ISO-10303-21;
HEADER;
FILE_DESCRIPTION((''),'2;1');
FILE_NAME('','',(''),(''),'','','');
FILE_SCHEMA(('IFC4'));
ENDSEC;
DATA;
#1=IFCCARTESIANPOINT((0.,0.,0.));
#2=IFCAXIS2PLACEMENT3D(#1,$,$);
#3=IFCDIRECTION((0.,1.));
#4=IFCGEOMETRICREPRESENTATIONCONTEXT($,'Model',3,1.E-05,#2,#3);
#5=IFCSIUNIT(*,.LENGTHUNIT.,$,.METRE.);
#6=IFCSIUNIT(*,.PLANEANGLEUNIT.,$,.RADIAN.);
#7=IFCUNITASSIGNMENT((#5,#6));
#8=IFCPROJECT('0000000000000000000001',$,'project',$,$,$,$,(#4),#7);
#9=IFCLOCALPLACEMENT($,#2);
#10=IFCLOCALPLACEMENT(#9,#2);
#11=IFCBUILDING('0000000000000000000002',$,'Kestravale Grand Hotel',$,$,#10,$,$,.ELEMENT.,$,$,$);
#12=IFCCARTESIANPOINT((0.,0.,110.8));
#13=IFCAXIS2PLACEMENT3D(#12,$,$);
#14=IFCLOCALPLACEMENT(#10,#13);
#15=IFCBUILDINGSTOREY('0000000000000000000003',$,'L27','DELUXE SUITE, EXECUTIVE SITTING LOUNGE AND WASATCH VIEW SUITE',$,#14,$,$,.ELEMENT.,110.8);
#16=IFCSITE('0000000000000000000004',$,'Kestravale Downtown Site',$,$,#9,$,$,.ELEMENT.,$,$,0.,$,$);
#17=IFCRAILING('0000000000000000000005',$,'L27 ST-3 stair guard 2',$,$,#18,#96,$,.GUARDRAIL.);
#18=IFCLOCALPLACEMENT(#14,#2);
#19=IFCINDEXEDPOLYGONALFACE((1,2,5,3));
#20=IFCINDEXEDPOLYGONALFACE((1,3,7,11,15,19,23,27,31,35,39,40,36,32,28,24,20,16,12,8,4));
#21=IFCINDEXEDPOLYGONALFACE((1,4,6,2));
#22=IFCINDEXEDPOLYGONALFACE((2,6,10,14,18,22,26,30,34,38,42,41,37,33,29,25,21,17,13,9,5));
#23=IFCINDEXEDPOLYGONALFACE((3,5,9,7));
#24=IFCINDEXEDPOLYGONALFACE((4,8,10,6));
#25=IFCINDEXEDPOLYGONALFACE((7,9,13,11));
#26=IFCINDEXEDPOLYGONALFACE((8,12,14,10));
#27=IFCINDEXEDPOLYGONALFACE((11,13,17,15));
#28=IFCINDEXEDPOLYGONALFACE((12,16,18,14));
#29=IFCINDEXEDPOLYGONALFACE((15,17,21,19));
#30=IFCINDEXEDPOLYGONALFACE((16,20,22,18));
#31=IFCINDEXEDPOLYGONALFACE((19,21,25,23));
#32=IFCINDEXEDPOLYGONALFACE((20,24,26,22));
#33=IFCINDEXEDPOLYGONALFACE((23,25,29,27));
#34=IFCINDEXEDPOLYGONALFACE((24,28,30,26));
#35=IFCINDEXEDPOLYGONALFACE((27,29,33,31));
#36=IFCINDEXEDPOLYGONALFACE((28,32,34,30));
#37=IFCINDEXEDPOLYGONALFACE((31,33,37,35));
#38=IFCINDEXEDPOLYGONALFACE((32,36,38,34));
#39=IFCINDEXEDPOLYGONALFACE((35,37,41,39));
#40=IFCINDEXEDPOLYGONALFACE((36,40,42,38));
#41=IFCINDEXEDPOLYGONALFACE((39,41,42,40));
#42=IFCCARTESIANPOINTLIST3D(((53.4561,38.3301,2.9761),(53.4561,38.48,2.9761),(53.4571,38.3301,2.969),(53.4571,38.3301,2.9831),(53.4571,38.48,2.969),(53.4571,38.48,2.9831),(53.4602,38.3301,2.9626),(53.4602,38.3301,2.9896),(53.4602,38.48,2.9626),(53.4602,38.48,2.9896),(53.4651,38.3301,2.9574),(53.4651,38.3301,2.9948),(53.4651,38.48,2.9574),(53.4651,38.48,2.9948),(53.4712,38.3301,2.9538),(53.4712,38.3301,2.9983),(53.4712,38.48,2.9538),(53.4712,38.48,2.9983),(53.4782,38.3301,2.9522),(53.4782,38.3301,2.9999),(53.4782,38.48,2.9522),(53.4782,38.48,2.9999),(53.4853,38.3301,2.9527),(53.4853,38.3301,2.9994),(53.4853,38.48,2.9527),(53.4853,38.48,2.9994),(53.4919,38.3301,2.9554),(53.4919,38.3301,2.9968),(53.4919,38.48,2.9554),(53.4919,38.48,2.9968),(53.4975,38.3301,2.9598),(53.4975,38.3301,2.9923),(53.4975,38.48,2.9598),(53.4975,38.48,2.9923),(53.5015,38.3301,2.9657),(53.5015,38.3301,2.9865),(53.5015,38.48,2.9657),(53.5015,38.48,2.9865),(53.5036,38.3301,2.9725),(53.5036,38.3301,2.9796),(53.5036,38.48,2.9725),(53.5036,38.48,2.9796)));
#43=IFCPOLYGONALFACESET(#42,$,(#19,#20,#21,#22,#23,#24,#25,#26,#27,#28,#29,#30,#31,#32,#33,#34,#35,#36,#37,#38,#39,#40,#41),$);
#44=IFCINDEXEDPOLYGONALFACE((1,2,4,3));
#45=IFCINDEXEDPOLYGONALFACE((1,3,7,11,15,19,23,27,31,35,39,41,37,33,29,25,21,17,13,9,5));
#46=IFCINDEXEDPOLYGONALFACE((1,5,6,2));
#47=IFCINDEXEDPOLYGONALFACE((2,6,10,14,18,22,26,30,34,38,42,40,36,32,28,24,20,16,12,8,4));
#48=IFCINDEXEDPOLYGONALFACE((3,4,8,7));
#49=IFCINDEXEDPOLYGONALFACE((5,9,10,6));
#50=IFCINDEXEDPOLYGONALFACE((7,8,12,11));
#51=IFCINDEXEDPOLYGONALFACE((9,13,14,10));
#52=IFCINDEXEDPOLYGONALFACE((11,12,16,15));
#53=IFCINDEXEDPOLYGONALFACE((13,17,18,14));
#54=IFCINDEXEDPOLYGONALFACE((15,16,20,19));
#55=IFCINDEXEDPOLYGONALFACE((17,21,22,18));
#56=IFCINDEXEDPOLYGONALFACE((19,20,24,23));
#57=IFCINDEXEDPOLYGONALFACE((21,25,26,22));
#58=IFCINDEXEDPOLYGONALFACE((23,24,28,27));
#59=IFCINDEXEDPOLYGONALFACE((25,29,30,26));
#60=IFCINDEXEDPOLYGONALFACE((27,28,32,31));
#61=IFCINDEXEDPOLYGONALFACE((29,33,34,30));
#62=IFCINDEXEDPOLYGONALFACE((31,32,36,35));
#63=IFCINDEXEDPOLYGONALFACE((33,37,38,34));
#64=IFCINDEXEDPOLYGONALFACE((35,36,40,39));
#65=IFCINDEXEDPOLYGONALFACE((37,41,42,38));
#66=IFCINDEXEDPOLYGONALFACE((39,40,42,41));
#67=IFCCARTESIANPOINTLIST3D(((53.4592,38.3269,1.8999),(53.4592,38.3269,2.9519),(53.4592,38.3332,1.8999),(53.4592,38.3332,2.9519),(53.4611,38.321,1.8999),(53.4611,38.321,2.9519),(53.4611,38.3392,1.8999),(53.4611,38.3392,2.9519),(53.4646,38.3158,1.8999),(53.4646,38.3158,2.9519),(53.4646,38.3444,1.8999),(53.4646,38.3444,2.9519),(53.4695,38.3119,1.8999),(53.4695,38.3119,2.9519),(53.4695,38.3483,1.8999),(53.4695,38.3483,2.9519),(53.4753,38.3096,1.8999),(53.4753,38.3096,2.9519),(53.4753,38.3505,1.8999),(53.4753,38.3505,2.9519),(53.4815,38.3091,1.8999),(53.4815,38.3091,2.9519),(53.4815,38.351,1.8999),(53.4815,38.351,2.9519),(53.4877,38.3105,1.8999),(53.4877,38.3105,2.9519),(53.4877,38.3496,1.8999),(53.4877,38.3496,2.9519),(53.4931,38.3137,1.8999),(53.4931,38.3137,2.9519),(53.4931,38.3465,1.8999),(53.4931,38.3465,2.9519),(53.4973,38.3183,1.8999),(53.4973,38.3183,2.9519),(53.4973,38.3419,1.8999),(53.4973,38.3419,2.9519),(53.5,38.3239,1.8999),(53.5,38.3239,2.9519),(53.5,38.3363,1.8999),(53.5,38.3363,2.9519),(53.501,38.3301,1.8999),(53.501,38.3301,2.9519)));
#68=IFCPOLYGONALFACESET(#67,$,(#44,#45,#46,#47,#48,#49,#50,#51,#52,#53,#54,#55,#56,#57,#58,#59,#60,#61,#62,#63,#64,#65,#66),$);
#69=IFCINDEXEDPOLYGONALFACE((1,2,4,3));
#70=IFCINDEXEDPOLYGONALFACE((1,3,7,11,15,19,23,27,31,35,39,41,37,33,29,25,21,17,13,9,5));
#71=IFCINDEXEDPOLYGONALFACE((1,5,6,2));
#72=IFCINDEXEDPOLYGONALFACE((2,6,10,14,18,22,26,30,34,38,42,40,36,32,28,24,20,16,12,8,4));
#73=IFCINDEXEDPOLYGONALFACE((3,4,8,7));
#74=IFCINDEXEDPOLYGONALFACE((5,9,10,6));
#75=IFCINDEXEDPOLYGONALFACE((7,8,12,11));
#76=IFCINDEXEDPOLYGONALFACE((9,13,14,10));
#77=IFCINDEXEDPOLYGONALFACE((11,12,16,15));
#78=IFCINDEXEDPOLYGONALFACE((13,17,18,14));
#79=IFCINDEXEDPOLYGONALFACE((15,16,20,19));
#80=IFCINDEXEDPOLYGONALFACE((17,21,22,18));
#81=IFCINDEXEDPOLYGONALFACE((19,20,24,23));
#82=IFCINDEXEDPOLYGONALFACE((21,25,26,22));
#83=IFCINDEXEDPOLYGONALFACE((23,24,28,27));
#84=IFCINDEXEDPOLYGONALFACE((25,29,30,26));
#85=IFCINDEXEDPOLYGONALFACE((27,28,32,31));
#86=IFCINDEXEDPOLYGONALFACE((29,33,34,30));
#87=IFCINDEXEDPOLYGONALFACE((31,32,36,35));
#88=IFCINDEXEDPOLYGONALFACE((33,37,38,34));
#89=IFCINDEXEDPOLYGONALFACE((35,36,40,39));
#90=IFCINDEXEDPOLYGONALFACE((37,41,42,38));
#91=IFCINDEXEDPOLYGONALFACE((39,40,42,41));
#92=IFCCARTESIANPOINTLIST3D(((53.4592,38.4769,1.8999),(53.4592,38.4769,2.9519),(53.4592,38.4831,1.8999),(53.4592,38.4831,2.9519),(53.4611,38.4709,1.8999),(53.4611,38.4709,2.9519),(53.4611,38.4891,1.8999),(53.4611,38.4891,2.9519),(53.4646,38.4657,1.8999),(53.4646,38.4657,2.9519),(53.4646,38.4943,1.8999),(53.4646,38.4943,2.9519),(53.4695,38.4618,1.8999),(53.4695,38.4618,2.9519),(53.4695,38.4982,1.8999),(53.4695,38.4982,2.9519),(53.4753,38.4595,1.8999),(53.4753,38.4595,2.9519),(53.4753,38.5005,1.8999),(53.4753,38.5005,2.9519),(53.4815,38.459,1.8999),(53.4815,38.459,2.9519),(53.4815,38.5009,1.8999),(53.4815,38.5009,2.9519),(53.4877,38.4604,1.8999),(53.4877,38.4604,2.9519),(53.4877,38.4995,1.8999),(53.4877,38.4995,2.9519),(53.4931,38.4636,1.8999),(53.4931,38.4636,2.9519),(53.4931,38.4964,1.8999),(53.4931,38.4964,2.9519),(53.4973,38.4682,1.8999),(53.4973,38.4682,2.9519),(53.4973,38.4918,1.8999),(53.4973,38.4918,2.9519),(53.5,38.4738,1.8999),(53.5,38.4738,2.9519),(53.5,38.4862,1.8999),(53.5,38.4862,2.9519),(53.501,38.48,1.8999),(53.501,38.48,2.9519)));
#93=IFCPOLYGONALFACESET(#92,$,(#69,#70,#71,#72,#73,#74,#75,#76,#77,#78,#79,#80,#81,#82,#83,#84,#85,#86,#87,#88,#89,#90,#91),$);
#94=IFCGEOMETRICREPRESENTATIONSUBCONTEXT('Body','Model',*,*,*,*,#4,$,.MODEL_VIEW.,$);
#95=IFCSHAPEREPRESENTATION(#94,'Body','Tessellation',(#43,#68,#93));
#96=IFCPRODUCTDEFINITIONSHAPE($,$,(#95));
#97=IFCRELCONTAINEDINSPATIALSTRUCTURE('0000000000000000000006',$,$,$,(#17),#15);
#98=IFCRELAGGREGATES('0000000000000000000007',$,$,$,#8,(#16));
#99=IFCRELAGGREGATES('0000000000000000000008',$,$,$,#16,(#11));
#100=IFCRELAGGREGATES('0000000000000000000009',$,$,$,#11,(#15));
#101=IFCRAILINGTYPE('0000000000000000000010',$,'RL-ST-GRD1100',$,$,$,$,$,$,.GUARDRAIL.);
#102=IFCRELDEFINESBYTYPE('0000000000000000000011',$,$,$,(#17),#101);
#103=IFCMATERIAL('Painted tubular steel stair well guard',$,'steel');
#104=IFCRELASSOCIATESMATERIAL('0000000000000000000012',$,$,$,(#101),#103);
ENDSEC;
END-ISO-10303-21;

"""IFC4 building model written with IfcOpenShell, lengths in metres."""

from ifc_helpers import new_model, si_unit, direction, frame, origin, origin_2d, place, context, subcontext, project, spatial, circle, extrude, material, type_object, element, save


model = new_model("IFC4")

# Units and contexts
model_context = context("Model", 3, precision=1e-05, world=origin(), true_north=direction((0.0, 1.0)))
body_context = subcontext(model_context, "Body", "Model", "MODEL_VIEW")
ifc_project = project(units=[si_unit("LENGTHUNIT", "METRE"), si_unit("PLANEANGLEUNIT", "RADIAN")], contexts=[model_context])

# Site, building, storey
site_placement = place(None, origin())
site = spatial("IfcSite", under=ifc_project, at=site_placement, Name="Kestravale Downtown Site", CompositionType="ELEMENT", RefElevation=0.0)
building_placement = place(site_placement, origin())
building = spatial("IfcBuilding", under=site, at=building_placement, Name="Kestravale Grand Hotel", CompositionType="ELEMENT")
storey_placement = place(building_placement, frame((0.0, 0.0, 110.8)))
storey = spatial("IfcBuildingStorey", under=building, at=storey_placement, Name="L27", Description="DELUXE SUITE, EXECUTIVE SITTING LOUNGE AND WASATCH VIEW SUITE", CompositionType="ELEMENT", Elevation=110.8)

# Railing
ifc_material_1 = material(Name="Painted tubular steel stair well guard", Category="steel")
railing_type_1 = type_object("IfcRailingType", Name="RL-ST-GRD1100", PredefinedType="GUARDRAIL", material=ifc_material_1)
railing_1_placement = place(storey_placement, frame((53.48, 38.3301, 1.8999)))
element("IfcRailing", 1, at=railing_1_placement, inside=storey, type_object=railing_type_1, Name="L27 ST-3 stair guard 2", PredefinedType="GUARDRAIL", context=body_context, shape_type="SweptSolid", body=[
    extrude(circle(Radius=0.0239, at=origin_2d()), frame((0.0, 0.0, 1.0762), z_axis=(0.0, 1.0, 0.0), x_axis=(-1.0, 0.0, 0.0)), (0.0, 0.0, 1.0), 0.1499),
    extrude(circle(Radius=0.021, at=origin_2d()), origin(), (0.0, 0.0, 1.0), 1.052),
    extrude(circle(Radius=0.021, at=origin_2d()), frame((0.0, 0.1499, 0.0)), (0.0, 0.0, 1.0), 1.052),
])

save(model, "model.ifc")
